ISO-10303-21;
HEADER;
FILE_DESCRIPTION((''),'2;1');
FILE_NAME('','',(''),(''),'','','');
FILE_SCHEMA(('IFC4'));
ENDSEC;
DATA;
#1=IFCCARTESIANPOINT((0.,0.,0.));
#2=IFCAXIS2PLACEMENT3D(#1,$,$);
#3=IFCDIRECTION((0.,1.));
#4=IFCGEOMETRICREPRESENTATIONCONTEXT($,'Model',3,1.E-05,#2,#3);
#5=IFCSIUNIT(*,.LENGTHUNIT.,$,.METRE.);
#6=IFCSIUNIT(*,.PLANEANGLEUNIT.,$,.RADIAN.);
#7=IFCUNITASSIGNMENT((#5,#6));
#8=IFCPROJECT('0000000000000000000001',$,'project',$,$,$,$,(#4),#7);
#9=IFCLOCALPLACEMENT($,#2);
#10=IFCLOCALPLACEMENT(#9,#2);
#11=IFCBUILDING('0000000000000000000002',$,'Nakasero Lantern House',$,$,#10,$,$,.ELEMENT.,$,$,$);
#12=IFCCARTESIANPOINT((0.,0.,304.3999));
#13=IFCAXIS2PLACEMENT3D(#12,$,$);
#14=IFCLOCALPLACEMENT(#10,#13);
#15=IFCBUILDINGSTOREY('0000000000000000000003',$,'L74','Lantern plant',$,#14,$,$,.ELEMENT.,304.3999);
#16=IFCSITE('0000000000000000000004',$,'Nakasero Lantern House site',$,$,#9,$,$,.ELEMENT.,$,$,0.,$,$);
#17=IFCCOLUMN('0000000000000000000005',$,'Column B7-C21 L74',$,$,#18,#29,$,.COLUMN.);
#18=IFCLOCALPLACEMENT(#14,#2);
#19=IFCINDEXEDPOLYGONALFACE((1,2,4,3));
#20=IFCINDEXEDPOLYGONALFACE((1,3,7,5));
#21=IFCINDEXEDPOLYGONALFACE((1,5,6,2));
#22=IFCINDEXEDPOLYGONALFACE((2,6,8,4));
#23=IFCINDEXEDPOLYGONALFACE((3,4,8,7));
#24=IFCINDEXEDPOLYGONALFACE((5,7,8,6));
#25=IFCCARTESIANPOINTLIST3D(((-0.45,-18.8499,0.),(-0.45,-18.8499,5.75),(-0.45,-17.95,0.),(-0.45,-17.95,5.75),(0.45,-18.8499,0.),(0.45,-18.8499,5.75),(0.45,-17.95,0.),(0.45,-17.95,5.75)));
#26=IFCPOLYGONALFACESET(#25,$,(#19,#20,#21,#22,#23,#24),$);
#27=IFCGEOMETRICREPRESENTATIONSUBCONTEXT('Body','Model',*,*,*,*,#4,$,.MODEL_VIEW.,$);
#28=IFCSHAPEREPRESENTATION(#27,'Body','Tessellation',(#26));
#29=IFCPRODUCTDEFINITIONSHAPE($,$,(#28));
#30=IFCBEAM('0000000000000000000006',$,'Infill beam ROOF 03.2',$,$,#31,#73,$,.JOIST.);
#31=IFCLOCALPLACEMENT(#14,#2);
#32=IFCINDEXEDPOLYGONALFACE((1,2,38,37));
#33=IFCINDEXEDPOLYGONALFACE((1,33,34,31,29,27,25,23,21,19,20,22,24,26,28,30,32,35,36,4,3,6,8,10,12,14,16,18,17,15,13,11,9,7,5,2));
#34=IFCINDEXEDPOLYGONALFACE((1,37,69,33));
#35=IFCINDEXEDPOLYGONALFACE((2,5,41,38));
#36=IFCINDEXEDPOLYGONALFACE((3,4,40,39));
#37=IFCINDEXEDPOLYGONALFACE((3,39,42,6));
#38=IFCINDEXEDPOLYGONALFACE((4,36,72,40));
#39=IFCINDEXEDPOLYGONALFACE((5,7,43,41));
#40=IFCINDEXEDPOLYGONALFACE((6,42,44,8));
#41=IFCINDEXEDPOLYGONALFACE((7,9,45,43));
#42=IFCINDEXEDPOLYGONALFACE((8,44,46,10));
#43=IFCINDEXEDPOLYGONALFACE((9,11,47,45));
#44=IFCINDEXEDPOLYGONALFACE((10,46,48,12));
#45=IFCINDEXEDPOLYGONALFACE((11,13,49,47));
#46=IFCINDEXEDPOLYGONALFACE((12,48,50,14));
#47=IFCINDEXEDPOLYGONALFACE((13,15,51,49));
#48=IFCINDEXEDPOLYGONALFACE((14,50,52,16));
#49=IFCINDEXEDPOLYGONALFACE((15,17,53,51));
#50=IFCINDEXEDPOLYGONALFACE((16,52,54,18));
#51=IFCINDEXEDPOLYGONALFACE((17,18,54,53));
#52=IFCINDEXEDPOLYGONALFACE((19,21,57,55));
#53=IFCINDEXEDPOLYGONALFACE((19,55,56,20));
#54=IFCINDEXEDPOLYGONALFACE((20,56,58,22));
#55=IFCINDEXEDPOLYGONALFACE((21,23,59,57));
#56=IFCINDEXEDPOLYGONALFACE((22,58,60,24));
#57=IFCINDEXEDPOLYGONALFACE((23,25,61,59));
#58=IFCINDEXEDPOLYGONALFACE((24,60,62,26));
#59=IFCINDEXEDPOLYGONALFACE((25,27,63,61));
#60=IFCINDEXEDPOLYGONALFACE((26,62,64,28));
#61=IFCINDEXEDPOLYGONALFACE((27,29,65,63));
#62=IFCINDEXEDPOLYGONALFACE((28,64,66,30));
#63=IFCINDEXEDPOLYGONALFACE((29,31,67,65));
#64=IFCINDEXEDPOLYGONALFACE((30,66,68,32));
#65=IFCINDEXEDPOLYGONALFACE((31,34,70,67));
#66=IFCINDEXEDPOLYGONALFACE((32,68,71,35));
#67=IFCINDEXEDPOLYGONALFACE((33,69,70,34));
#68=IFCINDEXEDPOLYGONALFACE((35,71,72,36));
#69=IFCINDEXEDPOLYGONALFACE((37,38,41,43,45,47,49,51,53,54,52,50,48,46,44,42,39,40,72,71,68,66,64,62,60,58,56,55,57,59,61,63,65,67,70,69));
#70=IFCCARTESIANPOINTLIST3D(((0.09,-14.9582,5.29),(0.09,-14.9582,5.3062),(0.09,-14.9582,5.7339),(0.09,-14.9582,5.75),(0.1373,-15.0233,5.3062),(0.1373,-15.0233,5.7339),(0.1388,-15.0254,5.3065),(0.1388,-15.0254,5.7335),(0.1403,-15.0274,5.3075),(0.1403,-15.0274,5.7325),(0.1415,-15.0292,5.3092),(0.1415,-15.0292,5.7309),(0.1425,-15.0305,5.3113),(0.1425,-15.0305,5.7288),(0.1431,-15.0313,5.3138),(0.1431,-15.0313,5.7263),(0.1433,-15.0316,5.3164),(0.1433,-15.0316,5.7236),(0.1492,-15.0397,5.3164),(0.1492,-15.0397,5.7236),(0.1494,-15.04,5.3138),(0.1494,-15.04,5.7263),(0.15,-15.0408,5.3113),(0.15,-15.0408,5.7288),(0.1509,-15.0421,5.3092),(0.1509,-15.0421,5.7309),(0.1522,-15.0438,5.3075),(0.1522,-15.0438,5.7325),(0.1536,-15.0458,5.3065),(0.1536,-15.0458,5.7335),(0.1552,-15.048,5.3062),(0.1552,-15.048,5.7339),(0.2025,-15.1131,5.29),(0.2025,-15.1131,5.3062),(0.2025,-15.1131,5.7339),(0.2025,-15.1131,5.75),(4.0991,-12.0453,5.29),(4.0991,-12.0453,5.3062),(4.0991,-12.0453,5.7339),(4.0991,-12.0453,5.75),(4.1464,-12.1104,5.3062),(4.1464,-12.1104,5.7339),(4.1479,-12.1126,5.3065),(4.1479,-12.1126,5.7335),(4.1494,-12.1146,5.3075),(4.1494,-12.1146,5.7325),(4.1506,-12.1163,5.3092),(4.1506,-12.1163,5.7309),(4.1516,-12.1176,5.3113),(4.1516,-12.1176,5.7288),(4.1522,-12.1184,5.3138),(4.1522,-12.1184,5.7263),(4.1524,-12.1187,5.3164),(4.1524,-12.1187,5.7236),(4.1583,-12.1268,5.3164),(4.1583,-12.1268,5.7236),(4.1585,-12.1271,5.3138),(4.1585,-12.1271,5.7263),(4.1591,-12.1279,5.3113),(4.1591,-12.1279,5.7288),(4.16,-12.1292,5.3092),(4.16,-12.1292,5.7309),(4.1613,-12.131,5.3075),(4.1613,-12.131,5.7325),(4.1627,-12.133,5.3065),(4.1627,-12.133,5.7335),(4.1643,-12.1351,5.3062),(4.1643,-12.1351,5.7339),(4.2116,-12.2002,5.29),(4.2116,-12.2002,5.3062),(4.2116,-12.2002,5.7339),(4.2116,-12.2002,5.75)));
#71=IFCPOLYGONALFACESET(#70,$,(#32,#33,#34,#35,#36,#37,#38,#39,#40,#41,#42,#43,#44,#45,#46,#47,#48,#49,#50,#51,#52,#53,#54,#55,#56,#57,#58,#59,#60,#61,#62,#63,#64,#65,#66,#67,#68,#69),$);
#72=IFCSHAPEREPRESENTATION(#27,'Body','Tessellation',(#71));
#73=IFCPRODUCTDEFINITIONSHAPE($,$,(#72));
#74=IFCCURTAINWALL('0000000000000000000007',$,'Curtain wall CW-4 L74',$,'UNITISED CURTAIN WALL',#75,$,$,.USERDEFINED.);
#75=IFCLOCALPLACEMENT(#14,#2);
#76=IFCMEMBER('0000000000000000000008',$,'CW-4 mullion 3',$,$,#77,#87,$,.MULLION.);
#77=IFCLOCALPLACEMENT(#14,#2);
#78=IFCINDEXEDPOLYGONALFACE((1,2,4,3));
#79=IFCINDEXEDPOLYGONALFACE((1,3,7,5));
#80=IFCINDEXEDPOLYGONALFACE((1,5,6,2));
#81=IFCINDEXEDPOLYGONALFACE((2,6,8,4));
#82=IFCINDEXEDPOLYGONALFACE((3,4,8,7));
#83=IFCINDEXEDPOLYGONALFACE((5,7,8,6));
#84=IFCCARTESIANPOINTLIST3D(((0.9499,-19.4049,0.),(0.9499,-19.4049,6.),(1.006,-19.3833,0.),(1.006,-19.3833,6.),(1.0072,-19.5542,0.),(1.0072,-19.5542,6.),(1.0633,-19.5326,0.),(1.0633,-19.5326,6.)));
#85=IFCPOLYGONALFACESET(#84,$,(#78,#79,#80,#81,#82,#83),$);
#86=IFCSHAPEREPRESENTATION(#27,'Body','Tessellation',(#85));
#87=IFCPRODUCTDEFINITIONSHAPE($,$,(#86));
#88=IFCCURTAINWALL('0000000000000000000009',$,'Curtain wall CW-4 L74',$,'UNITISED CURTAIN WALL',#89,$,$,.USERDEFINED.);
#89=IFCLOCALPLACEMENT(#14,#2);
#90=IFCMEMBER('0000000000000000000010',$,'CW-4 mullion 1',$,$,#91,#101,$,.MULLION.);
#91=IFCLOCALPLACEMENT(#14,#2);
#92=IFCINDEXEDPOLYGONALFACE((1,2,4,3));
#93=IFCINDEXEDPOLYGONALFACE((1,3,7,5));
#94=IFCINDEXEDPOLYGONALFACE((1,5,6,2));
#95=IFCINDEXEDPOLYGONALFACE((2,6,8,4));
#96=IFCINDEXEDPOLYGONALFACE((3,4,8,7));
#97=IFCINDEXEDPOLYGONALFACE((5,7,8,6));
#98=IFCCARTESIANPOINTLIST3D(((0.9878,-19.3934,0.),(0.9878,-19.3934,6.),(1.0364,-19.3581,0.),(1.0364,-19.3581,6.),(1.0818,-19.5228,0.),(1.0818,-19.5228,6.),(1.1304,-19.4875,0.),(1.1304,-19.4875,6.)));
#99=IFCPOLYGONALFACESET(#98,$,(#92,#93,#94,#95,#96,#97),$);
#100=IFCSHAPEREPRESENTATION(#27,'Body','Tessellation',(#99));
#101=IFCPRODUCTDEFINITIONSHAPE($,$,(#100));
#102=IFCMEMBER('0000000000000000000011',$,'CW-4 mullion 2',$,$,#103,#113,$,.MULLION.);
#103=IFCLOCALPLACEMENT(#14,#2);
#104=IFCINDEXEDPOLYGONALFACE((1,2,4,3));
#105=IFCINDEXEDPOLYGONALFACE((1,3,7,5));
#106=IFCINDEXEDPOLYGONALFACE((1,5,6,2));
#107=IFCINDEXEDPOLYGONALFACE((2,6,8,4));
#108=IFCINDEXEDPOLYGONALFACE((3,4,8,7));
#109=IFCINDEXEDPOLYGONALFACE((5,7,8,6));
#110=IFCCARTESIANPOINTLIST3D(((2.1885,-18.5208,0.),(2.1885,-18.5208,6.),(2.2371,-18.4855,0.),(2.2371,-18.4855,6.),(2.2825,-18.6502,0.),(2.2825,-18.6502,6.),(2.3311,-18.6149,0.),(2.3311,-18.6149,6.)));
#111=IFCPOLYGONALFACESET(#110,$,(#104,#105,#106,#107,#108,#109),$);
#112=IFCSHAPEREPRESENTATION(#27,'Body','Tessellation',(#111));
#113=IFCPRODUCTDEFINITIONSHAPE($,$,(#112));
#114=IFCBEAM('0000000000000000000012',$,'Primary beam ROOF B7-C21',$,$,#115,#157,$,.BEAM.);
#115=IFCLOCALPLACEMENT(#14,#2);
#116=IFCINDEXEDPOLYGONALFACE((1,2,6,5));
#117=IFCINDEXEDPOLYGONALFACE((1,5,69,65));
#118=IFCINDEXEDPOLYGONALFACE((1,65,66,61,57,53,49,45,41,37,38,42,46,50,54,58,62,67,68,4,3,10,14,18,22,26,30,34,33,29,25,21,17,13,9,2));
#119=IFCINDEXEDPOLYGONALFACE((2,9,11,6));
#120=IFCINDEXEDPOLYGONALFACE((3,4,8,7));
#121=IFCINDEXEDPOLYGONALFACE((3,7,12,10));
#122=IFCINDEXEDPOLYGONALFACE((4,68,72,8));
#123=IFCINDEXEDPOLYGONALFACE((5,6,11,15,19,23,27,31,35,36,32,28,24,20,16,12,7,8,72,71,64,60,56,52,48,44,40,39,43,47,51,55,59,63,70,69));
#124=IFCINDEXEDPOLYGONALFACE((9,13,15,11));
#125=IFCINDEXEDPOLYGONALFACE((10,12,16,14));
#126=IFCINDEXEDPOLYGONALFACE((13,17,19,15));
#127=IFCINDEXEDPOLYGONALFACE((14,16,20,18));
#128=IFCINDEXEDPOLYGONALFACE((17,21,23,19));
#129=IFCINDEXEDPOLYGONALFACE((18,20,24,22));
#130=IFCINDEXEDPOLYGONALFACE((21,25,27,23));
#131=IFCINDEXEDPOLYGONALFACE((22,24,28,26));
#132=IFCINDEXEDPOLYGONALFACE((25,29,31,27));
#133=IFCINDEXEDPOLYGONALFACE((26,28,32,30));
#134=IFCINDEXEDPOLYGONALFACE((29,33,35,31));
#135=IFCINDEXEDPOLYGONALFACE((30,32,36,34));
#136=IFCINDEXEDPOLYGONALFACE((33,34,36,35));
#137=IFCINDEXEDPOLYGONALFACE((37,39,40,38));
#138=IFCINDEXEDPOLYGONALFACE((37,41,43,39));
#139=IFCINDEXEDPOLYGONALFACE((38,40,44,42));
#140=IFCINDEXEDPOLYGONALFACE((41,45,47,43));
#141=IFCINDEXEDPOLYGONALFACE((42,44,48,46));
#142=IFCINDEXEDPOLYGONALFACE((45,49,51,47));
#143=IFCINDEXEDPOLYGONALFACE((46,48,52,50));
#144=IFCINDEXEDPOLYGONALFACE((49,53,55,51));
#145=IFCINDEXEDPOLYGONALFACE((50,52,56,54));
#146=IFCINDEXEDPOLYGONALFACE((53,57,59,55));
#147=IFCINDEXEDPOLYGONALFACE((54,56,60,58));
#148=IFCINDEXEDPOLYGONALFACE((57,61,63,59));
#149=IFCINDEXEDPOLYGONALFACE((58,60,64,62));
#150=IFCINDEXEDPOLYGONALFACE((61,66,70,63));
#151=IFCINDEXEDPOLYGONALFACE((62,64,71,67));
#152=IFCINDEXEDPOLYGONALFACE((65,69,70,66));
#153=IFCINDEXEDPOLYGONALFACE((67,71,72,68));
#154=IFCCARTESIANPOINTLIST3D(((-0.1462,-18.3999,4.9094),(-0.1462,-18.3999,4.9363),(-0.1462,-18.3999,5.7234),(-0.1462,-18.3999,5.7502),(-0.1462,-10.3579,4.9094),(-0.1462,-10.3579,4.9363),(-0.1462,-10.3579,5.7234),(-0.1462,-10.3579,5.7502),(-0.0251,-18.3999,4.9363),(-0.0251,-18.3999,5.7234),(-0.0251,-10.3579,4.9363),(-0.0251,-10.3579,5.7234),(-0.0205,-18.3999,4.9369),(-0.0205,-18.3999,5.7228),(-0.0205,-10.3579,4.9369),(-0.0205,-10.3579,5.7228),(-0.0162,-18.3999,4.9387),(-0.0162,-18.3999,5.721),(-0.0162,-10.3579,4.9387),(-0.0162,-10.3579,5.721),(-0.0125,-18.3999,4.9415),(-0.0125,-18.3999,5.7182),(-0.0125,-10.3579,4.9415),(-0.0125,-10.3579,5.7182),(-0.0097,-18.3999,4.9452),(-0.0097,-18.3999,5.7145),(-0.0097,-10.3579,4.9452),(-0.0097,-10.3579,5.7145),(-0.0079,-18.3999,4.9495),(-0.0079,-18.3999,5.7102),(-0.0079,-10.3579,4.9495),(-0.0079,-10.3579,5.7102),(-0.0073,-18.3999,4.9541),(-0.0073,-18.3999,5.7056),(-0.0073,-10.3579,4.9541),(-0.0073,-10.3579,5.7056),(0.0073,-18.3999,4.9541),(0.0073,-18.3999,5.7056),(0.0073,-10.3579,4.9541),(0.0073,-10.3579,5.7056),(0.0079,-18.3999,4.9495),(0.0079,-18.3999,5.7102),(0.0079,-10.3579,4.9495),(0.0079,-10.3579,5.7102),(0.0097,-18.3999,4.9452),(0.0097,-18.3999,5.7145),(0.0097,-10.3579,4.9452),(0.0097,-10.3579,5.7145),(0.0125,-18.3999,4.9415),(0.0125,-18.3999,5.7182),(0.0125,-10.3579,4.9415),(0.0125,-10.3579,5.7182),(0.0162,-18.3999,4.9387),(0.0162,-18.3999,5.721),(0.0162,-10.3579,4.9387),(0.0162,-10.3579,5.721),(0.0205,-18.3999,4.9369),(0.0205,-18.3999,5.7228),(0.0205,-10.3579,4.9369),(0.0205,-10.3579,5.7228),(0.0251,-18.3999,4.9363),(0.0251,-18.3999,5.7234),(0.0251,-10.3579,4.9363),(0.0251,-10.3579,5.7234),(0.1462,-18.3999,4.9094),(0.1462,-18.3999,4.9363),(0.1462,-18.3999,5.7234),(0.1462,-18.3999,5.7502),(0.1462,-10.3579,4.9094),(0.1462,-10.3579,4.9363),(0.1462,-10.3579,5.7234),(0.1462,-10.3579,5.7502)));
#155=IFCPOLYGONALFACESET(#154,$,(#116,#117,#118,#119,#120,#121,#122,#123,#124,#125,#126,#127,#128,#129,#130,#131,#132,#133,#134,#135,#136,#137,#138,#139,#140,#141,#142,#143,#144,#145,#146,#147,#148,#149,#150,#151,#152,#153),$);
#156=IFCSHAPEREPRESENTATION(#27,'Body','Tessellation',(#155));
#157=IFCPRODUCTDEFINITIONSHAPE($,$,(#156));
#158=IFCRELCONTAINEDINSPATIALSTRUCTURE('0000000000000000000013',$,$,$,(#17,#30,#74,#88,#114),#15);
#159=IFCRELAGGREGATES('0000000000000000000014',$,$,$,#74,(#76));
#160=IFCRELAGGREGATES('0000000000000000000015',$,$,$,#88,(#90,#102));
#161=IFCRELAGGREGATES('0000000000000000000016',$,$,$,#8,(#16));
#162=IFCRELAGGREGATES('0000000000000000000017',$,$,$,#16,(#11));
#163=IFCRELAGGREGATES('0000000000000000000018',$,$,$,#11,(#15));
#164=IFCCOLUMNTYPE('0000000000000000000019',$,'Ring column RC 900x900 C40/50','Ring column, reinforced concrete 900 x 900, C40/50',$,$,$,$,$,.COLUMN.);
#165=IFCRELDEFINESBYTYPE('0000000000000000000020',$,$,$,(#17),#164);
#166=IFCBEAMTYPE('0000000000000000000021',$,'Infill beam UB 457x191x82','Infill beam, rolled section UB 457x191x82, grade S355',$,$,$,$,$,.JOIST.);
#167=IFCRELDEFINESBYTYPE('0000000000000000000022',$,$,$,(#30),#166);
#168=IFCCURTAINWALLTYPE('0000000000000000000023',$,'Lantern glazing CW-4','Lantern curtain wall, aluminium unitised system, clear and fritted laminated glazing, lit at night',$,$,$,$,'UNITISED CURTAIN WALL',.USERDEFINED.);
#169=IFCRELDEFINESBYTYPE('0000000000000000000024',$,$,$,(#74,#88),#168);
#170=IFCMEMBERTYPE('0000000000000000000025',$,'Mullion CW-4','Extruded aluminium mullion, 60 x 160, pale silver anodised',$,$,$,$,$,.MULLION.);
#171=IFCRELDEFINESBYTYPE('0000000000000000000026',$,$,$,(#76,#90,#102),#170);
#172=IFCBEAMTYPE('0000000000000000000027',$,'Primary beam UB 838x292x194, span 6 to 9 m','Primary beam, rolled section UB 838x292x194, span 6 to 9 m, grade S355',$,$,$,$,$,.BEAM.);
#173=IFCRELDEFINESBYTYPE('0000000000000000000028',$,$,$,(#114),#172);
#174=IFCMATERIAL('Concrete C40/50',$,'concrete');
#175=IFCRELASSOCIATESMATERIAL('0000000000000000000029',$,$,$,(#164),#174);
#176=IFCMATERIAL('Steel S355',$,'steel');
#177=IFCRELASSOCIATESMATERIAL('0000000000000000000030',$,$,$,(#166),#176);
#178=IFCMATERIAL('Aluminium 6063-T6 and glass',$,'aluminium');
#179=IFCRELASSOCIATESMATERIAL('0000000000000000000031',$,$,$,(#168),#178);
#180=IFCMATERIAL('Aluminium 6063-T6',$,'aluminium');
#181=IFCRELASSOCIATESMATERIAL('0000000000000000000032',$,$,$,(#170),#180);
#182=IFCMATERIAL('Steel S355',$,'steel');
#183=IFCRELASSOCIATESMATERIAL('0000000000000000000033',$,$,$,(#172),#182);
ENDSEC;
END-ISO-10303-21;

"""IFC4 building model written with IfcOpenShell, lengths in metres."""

from ifc_helpers import new_model, si_unit, direction, frame, origin, origin_2d, place, context, subcontext, project, spatial, rectangle, i_section, extrude, material, material_profile, profile_set, type_object, element, aggregate, save


model = new_model("IFC4")

# Units and contexts
model_context = context("Model", 3, precision=1e-05, world=origin(), true_north=direction((0.0, 1.0)))
body_context = subcontext(model_context, "Body", "Model", "MODEL_VIEW")
ifc_project = project(units=[si_unit("LENGTHUNIT", "METRE"), si_unit("PLANEANGLEUNIT", "RADIAN")], contexts=[model_context])

# Site, building, storey
site_placement = place(None, origin())
site = spatial("IfcSite", under=ifc_project, at=site_placement, Name="Nakasero Lantern House site", CompositionType="ELEMENT", RefElevation=0.0)
building_placement = place(site_placement, origin())
building = spatial("IfcBuilding", under=site, at=building_placement, Name="Nakasero Lantern House", CompositionType="ELEMENT")
storey_placement = place(building_placement, frame((0.0, 0.0, 304.3999)))
storey = spatial("IfcBuildingStorey", under=building, at=storey_placement, Name="L74", Description="Lantern plant", CompositionType="ELEMENT", Elevation=304.3999)

# Column
ifc_material_1 = material(Name="Concrete C40/50", Category="concrete")
ifc_material_profile_1 = material_profile(ifc_material_1, rectangle(XDim=0.8999, YDim=0.8999, at=origin_2d()), Name="RC 900x900")
ifc_profile_set_1 = profile_set([ifc_material_profile_1], Name="Concrete C40/50")
column_type = type_object("IfcColumnType", Name="Ring column RC 900x900 C40/50", Description="Ring column, reinforced concrete 900 x 900, C40/50", PredefinedType="COLUMN", material=ifc_profile_set_1)
column_placement = place(storey_placement, frame((0.0, -18.3999, 0.0), z_axis=(0.0, 0.0, 1.0), x_axis=(1.0, 0.0, 0.0)))
element("IfcColumn", 1, at=column_placement, inside=storey, type_object=column_type, Name="Column B7-C21 L74", PredefinedType="COLUMN", context=body_context, shape_type="SweptSolid", body=[
    extrude(rectangle(XDim=0.8999, YDim=0.8999, at=origin_2d()), origin(), (0.0, 0.0, 1.0), 5.75),
])

# Beam
ifc_material_2 = material(Name="Steel S355", Category="steel")
ifc_material_profile_2 = material_profile(ifc_material_2, i_section(OverallWidth=0.1914, OverallDepth=0.46, WebThickness=0.01, FlangeThickness=0.0161, FilletRadius=0.0103, at=origin_2d()), Name="UB 457x191x82")
ifc_profile_set_2 = profile_set([ifc_material_profile_2], Name="Steel S355")
beam_type_1 = type_object("IfcBeamType", Name="Infill beam UB 457x191x82", Description="Infill beam, rolled section UB 457x191x82, grade S355", PredefinedType="JOIST", material=ifc_profile_set_2)
beam_1_placement = place(storey_placement, frame((0.1462, -15.0356, 5.52), z_axis=(0.809007, 0.5878, 0.0), x_axis=(-0.5878, 0.809007, 0.0)))
element("IfcBeam", 2, at=beam_1_placement, inside=storey, type_object=beam_type_1, Name="Infill beam ROOF 03.2", PredefinedType="JOIST", context=body_context, shape_type="SweptSolid", body=[
    extrude(i_section(OverallWidth=0.1914, OverallDepth=0.46, WebThickness=0.01, FlangeThickness=0.0161, FilletRadius=0.0103, at=origin_2d()), origin(), (0.0, 0.0, 1.0), 4.9556),
])

# Curtain wall, member
ifc_material_3 = material(Name="Aluminium 6063-T6 and glass", Category="aluminium")
curtain_wall_type = type_object("IfcCurtainWallType", Name="Lantern glazing CW-4", Description="Lantern curtain wall, aluminium unitised system, clear and fritted laminated glazing, lit at night", ElementType="UNITISED CURTAIN WALL", PredefinedType="USERDEFINED", material=ifc_material_3)
curtain_wall_1_placement = place(storey_placement, origin())
curtain_wall_1 = element("IfcCurtainWall", 3, at=curtain_wall_1_placement, inside=storey, type_object=curtain_wall_type, Name="Curtain wall CW-4 L74", ObjectType="UNITISED CURTAIN WALL", PredefinedType="USERDEFINED")
ifc_material_4 = material(Name="Aluminium 6063-T6", Category="aluminium")
ifc_material_profile_3 = material_profile(ifc_material_4, rectangle(XDim=0.0601, YDim=0.1599, at=origin_2d()), Name="CW-4 mullion 60x160")
ifc_profile_set_3 = profile_set([ifc_material_profile_3], Name="Aluminium 6063-T6")
member_type_1 = type_object("IfcMemberType", Name="Mullion CW-4", Description="Extruded aluminium mullion, 60 x 160, pale silver anodised", PredefinedType="MULLION", material=ifc_profile_set_3)
member_1_placement = place(storey_placement, frame((1.0066, -19.4688, 0.0), z_axis=(0.0, 0.0, 1.0), x_axis=(0.93358, 0.358368, 0.0)))
member_1 = element("IfcMember", 4, at=member_1_placement, type_object=member_type_1, Name="CW-4 mullion 3", PredefinedType="MULLION", context=body_context, shape_type="SweptSolid", body=[
    extrude(rectangle(XDim=0.0601, YDim=0.1599, at=origin_2d()), origin(), (0.0, 0.0, 1.0), 6.0),
])

# Curtain wall, members
curtain_wall_2_placement = place(storey_placement, origin())
curtain_wall_2 = element("IfcCurtainWall", 5, at=curtain_wall_2_placement, inside=storey, type_object=curtain_wall_type, Name="Curtain wall CW-4 L74", ObjectType="UNITISED CURTAIN WALL", PredefinedType="USERDEFINED")
member_2_placement = place(storey_placement, frame((1.0591, -19.4404, 0.0), z_axis=(0.0, 0.0, 1.0), x_axis=(0.809017, 0.587785, 0.0)))
member_2 = element("IfcMember", 6, at=member_2_placement, type_object=member_type_1, Name="CW-4 mullion 1", PredefinedType="MULLION", context=body_context, shape_type="SweptSolid", body=[
    extrude(rectangle(XDim=0.0601, YDim=0.1599, at=origin_2d()), origin(), (0.0, 0.0, 1.0), 6.0),
])
member_3_placement = place(storey_placement, frame((2.2598, -18.5679, 0.0), z_axis=(0.0, 0.0, 1.0), x_axis=(0.809017, 0.587785, 0.0)))
member_3 = element("IfcMember", 7, at=member_3_placement, type_object=member_type_1, Name="CW-4 mullion 2", PredefinedType="MULLION", context=body_context, shape_type="SweptSolid", body=[
    extrude(rectangle(XDim=0.0601, YDim=0.1599, at=origin_2d()), origin(), (0.0, 0.0, 1.0), 6.0),
])

# Beam
ifc_material_5 = material(Name="Steel S355", Category="steel")
ifc_material_profile_4 = material_profile(ifc_material_5, i_section(OverallWidth=0.2925, OverallDepth=0.8408, WebThickness=0.0146, FlangeThickness=0.0269, FilletRadius=0.0178, at=origin_2d()), Name="UB 838x292x194")
ifc_profile_set_4 = profile_set([ifc_material_profile_4], Name="Steel S355")
beam_type_2 = type_object("IfcBeamType", Name="Primary beam UB 838x292x194, span 6 to 9 m", Description="Primary beam, rolled section UB 838x292x194, span 6 to 9 m, grade S355", PredefinedType="BEAM", material=ifc_profile_set_4)
beam_2_placement = place(storey_placement, frame((0.0, -18.3999, 5.3298), z_axis=(0.0, 1.0, 0.0), x_axis=(-1.0, 0.0, 0.0)))
element("IfcBeam", 8, at=beam_2_placement, inside=storey, type_object=beam_type_2, Name="Primary beam ROOF B7-C21", PredefinedType="BEAM", context=body_context, shape_type="SweptSolid", body=[
    extrude(i_section(OverallWidth=0.2925, OverallDepth=0.8408, WebThickness=0.0146, FlangeThickness=0.0269, FilletRadius=0.0178, at=origin_2d()), origin(), (0.0, 0.0, 1.0), 8.042),
])

aggregate(curtain_wall_1, [member_1])
aggregate(curtain_wall_2, [member_2, member_3])

save(model, "model.ifc")
